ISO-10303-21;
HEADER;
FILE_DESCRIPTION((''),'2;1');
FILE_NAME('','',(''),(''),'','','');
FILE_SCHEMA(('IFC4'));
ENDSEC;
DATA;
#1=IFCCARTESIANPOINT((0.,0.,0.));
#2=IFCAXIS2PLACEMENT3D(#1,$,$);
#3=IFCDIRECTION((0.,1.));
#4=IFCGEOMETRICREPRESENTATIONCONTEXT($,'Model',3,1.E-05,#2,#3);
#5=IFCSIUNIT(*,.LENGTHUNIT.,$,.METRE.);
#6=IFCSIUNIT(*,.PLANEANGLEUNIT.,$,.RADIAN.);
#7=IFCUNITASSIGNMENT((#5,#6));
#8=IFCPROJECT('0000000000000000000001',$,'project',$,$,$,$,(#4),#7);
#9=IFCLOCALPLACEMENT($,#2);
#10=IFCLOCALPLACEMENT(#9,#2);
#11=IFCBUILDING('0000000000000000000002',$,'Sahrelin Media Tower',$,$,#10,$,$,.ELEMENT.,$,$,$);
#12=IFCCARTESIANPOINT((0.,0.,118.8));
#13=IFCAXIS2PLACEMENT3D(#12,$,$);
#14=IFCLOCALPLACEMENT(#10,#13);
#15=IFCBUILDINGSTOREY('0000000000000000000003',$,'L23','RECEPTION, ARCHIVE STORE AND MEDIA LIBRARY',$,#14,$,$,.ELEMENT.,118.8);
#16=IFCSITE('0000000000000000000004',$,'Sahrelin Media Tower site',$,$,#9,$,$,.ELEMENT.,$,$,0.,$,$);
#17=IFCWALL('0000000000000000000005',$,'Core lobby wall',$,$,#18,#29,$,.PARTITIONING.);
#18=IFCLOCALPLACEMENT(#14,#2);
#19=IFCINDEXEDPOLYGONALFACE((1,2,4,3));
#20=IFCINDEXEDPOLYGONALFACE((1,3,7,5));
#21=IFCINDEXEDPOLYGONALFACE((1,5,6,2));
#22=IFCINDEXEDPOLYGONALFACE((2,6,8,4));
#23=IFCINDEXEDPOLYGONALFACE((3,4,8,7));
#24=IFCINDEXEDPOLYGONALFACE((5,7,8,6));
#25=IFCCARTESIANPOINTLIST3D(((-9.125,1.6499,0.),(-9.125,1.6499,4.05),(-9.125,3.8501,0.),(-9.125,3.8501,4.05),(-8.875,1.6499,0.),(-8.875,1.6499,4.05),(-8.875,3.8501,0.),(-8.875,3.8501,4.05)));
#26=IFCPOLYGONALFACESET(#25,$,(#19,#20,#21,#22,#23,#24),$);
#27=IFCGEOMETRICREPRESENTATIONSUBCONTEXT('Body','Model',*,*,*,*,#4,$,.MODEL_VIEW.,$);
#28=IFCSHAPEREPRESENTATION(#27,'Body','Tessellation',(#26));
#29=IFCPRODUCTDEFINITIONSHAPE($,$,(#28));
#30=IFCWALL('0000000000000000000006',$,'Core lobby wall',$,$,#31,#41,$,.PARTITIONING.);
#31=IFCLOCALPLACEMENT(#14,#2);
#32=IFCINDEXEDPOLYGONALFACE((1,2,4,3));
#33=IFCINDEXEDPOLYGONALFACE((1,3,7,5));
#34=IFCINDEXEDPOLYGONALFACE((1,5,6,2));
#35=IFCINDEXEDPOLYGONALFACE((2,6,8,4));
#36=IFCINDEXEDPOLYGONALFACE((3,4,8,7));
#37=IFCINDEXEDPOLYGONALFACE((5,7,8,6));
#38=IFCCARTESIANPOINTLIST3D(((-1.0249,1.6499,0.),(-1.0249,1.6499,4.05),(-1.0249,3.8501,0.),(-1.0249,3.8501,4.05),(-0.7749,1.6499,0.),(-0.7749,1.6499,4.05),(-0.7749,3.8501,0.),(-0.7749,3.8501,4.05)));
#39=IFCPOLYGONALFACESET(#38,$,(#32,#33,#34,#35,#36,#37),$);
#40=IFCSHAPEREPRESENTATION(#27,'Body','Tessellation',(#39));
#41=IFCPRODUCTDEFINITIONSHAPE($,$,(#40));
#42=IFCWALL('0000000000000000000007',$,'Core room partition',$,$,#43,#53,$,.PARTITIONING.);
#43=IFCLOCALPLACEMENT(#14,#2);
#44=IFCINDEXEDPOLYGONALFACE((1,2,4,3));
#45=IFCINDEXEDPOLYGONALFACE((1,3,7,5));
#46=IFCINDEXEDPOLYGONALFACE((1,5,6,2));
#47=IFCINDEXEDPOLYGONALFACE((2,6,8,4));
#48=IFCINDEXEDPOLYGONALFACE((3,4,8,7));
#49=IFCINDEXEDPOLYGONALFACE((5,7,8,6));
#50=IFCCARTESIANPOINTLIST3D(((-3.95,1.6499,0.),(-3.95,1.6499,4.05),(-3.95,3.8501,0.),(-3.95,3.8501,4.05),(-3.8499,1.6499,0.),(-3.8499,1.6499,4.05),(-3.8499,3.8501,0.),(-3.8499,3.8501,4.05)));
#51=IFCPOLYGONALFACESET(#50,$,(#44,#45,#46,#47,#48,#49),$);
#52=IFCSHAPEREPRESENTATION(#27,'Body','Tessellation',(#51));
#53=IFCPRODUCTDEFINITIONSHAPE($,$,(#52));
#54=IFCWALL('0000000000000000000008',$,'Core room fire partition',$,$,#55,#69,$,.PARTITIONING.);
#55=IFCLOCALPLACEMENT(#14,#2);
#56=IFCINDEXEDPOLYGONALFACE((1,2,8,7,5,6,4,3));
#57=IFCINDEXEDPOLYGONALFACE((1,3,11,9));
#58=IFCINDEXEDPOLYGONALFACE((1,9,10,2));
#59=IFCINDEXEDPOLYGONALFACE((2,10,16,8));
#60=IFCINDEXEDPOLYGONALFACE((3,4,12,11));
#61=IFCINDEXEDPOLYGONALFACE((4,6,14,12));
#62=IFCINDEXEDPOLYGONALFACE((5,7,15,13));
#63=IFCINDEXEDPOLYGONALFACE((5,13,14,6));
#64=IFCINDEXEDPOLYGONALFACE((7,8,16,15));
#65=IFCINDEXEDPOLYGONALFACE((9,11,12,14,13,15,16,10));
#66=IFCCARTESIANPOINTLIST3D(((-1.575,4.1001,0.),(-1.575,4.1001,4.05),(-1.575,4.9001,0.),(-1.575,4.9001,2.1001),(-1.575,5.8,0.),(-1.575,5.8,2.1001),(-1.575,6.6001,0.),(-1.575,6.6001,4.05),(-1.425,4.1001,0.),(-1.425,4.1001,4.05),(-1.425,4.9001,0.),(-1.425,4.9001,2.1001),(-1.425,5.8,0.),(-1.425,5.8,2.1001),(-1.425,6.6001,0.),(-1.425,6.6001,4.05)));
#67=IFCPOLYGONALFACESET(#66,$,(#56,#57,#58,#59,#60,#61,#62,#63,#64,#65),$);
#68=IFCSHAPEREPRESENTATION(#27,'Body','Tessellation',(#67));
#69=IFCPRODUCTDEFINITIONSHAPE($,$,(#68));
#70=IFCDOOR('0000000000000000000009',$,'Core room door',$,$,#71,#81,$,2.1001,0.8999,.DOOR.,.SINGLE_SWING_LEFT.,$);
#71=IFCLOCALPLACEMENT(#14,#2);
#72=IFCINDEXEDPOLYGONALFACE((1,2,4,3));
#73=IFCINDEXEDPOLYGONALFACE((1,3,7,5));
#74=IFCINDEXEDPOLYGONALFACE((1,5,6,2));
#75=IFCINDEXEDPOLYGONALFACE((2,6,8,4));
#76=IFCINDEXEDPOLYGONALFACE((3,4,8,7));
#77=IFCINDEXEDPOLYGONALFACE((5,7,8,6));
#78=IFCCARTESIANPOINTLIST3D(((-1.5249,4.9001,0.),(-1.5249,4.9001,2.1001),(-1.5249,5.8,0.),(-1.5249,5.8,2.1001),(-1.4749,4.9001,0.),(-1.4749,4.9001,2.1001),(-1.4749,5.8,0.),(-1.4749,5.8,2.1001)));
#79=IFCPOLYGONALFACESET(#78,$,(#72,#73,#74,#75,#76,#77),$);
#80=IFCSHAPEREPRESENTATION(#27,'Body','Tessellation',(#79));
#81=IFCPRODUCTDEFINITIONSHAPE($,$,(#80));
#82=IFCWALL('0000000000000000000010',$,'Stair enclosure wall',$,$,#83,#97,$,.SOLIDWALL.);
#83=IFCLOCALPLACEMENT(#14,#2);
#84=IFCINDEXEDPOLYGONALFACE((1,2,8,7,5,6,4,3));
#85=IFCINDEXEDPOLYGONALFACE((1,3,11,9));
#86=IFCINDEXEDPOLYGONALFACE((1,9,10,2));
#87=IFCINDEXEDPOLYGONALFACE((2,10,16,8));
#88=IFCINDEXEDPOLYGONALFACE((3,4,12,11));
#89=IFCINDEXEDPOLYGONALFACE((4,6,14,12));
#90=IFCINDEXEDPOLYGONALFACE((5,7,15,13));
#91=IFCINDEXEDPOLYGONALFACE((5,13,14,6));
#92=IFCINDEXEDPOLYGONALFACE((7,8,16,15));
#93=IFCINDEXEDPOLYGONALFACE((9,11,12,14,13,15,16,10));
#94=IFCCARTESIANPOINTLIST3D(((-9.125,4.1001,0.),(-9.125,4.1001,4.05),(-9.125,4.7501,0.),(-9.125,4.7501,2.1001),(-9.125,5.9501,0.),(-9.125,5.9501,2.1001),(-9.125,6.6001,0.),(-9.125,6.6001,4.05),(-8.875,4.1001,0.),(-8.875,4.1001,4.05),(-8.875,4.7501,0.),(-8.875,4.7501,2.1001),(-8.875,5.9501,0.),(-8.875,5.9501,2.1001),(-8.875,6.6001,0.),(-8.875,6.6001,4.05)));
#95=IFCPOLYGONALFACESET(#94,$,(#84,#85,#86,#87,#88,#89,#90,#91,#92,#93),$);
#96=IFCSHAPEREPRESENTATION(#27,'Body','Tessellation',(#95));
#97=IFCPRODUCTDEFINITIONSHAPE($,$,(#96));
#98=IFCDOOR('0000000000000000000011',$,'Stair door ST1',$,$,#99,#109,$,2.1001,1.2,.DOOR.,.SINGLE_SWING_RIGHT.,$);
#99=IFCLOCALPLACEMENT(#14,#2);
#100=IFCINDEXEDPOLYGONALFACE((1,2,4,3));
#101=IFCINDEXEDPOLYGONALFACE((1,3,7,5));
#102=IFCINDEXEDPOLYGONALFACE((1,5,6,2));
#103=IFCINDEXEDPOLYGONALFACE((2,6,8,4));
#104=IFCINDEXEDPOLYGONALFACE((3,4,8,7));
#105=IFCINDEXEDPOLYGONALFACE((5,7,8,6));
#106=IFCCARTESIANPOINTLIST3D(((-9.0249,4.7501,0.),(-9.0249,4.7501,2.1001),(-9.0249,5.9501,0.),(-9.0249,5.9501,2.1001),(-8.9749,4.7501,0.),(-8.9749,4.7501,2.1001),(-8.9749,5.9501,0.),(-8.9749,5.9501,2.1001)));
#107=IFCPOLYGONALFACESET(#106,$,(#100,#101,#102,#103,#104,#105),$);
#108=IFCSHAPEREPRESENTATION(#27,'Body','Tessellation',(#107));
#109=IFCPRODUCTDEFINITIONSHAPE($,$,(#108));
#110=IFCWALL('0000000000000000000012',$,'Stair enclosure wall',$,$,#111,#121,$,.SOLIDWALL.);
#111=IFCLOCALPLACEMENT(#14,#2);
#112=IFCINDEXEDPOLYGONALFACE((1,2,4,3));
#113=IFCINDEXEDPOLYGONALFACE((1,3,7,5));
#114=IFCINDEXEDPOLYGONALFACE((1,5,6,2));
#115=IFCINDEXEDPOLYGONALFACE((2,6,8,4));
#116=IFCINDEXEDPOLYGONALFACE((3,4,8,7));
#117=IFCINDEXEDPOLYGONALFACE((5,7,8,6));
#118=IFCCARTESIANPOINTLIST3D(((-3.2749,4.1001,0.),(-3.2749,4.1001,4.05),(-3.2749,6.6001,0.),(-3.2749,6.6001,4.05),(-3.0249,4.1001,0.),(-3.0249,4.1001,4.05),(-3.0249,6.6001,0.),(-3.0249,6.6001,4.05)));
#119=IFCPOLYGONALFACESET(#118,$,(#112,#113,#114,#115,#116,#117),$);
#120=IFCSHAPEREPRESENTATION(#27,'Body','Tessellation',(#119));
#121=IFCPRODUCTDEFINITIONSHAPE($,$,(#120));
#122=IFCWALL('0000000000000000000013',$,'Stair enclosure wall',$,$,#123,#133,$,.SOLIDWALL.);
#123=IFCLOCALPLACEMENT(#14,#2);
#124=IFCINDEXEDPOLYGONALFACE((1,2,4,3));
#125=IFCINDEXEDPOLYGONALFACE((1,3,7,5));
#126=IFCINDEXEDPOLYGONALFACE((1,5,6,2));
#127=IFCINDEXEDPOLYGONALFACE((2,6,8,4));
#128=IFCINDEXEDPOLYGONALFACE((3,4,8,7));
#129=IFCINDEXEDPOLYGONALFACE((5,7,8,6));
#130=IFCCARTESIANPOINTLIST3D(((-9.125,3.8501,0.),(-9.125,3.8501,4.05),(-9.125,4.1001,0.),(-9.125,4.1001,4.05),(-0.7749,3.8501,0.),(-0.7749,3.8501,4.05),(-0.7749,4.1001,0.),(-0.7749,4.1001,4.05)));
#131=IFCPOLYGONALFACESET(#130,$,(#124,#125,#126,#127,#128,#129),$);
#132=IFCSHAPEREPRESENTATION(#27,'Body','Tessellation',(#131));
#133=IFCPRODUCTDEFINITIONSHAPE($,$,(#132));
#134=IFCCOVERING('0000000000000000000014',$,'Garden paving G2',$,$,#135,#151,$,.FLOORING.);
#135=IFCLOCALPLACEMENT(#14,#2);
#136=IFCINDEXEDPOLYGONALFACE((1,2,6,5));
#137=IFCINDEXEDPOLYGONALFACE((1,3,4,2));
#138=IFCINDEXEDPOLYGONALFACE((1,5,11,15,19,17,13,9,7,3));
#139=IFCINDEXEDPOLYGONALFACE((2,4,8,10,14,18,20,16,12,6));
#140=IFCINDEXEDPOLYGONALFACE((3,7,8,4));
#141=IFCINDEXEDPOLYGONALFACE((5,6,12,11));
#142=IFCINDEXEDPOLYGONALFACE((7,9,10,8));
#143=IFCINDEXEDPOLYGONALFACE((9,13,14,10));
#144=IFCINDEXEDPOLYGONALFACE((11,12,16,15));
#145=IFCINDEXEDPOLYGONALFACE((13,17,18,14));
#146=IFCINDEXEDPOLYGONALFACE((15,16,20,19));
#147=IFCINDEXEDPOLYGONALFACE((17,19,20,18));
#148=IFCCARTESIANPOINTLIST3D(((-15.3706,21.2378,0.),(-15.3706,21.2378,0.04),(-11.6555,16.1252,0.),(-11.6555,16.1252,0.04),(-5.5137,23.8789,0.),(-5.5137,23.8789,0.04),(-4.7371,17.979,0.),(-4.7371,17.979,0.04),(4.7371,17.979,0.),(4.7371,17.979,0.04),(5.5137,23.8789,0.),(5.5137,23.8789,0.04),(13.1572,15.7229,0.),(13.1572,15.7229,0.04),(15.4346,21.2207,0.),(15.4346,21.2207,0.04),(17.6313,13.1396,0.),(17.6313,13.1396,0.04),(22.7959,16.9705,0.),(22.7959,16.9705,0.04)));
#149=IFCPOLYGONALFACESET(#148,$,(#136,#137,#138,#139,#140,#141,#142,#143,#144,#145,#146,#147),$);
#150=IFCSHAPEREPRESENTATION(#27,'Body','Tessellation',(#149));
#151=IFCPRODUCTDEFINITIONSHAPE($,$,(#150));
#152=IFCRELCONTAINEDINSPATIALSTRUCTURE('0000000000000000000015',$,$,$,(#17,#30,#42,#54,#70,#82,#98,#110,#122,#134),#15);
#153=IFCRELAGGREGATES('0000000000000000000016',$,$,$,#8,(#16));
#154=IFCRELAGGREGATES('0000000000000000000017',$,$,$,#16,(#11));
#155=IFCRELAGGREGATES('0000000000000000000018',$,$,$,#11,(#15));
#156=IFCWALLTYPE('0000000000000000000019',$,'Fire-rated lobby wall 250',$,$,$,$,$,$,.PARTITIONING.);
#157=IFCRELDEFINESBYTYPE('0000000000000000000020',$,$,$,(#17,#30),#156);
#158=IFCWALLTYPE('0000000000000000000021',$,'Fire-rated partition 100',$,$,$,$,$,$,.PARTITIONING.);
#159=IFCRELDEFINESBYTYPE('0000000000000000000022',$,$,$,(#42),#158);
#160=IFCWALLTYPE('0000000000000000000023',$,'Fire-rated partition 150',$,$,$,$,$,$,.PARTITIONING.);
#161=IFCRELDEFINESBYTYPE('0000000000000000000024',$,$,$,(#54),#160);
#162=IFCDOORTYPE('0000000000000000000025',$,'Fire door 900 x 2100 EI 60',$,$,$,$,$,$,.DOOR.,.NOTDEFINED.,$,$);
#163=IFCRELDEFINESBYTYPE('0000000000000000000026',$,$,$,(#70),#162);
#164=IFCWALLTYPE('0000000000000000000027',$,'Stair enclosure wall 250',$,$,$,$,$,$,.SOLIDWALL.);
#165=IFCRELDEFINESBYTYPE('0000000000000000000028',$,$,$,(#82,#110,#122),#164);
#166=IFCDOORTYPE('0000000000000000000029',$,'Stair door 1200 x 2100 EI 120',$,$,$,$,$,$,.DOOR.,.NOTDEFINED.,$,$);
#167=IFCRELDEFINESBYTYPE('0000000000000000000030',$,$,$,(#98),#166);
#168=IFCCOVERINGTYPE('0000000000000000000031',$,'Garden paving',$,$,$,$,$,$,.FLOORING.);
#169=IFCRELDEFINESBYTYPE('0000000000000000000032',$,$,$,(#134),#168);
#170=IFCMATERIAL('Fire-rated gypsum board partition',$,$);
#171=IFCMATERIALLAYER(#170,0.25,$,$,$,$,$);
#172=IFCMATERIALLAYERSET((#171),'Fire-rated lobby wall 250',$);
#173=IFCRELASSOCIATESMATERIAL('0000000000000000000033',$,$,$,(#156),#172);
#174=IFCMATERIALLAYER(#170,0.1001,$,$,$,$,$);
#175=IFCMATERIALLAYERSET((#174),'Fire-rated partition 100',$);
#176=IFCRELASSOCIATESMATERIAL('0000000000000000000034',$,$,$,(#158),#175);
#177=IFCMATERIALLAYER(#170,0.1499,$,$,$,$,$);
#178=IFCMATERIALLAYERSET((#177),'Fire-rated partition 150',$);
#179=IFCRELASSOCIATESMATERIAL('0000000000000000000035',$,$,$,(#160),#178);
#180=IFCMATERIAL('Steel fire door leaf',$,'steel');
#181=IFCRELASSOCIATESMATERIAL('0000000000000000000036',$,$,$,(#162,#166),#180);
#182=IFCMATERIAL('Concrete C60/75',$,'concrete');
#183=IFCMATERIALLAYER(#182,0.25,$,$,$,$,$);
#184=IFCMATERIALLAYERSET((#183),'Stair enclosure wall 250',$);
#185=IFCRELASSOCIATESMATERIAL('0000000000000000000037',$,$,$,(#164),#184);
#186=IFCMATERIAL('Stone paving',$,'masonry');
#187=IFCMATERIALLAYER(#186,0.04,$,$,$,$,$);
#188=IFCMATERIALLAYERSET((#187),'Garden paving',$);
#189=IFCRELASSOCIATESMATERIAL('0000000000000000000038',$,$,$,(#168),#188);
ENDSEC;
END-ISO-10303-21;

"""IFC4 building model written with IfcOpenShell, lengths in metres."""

from ifc_helpers import new_model, si_unit, direction, frame, frame_2d, origin, place, context, subcontext, project, spatial, polyline, rectangle, outline, extrude, material, layer, layer_set, type_object, element, fill, save


model = new_model("IFC4")

# Units and contexts
model_context = context("Model", 3, precision=1e-05, world=origin(), true_north=direction((0.0, 1.0)))
body_context = subcontext(model_context, "Body", "Model", "MODEL_VIEW")
ifc_project = project(units=[si_unit("LENGTHUNIT", "METRE"), si_unit("PLANEANGLEUNIT", "RADIAN")], contexts=[model_context])

# Site, building, storey
site_placement = place(None, origin())
site = spatial("IfcSite", under=ifc_project, at=site_placement, Name="Sahrelin Media Tower site", CompositionType="ELEMENT", RefElevation=0.0)
building_placement = place(site_placement, origin())
building = spatial("IfcBuilding", under=site, at=building_placement, Name="Sahrelin Media Tower", CompositionType="ELEMENT")
storey_placement = place(building_placement, frame((0.0, 0.0, 118.8)))
storey = spatial("IfcBuildingStorey", under=building, at=storey_placement, Name="L23", Description="RECEPTION, ARCHIVE STORE AND MEDIA LIBRARY", CompositionType="ELEMENT", Elevation=118.8)

# Shared definitions
ifc_material_1 = material(Name="Concrete C60/75", Category="concrete")
placement = place(storey_placement, origin())

# Shared definitions
ifc_material_2 = material(Name="Fire-rated gypsum board partition")
ifc_layer_1 = layer(ifc_material_2, 0.25)
ifc_layer_set_1 = layer_set([ifc_layer_1], Name="Fire-rated lobby wall 250")
wall_type_1 = type_object("IfcWallType", Name="Fire-rated lobby wall 250", PredefinedType="PARTITIONING", material=ifc_layer_set_1)
ifc_material_3 = material(Name="Steel fire door leaf", Category="steel")

# Walls
for number, where, z_axis, x_axis, name in (
    (1, (-9.0, 1.6499, 0.0), (0.0, 0.0, 1.0), (0.0, 1.0, 0.0), "Core lobby wall"),
    (2, (-0.8999, 1.6499, 0.0), (0.0, 0.0, 1.0), (0.0, 1.0, 0.0), "Core lobby wall"),
):
    element("IfcWall", number, at=place(storey_placement, frame(where, z_axis=z_axis, x_axis=x_axis)), inside=storey, type_object=wall_type_1, Name=name, PredefinedType="PARTITIONING", context=body_context, shape_type="SweptSolid", body=[
        extrude(rectangle(XDim=2.2002, YDim=0.25, at=frame_2d((1.1001, 0.0))), origin(), (0.0, 0.0, 1.0), 4.05),
    ])
ifc_layer_2 = layer(ifc_material_2, 0.1001)
ifc_layer_set_2 = layer_set([ifc_layer_2], Name="Fire-rated partition 100")
wall_type_2 = type_object("IfcWallType", Name="Fire-rated partition 100", PredefinedType="PARTITIONING", material=ifc_layer_set_2)
wall_1_placement = place(storey_placement, frame((-3.8999, 1.6499, 0.0), z_axis=(0.0, 0.0, 1.0), x_axis=(0.0, 1.0, 0.0)))
element("IfcWall", 3, at=wall_1_placement, inside=storey, type_object=wall_type_2, Name="Core room partition", PredefinedType="PARTITIONING", context=body_context, shape_type="SweptSolid", body=[
    extrude(rectangle(XDim=2.2002, YDim=0.1001, at=frame_2d((1.1001, 0.0))), origin(), (0.0, 0.0, 1.0), 4.05),
])

# Walls, openings, doors
ifc_layer_3 = layer(ifc_material_2, 0.1499)
ifc_layer_set_3 = layer_set([ifc_layer_3], Name="Fire-rated partition 150")
wall_type_3 = type_object("IfcWallType", Name="Fire-rated partition 150", PredefinedType="PARTITIONING", material=ifc_layer_set_3)
wall_2_placement = place(storey_placement, frame((-1.5, 4.1001, 0.0), z_axis=(0.0, 0.0, 1.0), x_axis=(0.0, 1.0, 0.0)))
wall_2 = element("IfcWall", 4, at=wall_2_placement, inside=storey, type_object=wall_type_3, Name="Core room fire partition", PredefinedType="PARTITIONING", context=body_context, shape_type="SweptSolid", body=[
    extrude(rectangle(XDim=2.5, YDim=0.1499, at=frame_2d((1.25, 0.0))), origin(), (0.0, 0.0, 1.0), 4.05),
])
opening_1_placement = place(wall_2_placement, frame((0.8, 0.0, 0.0)))
opening_1 = element("IfcOpeningElement", 5, at=opening_1_placement, cuts=wall_2, PredefinedType="OPENING", context=body_context, shape_type="SweptSolid", body=[
    extrude(rectangle(XDim=0.8999, YDim=2.1001, at=frame_2d((0.45, 1.05))), frame((0.0, 0.075, 0.0), z_axis=(0.0, -1.0, 0.0), x_axis=(1.0, 0.0, 0.0)), (0.0, 0.0, 1.0), 0.1499),
])
door_type_1 = type_object("IfcDoorType", Name="Fire door 900 x 2100 EI 60", OperationType="NOTDEFINED", PredefinedType="DOOR", material=ifc_material_3)
door_1_placement = place(opening_1_placement, origin())
door_1 = element("IfcDoor", 6, at=door_1_placement, inside=storey, type_object=door_type_1, Name="Core room door", OperationType="SINGLE_SWING_LEFT", OverallHeight=2.1001, OverallWidth=0.8999, PredefinedType="DOOR", context=body_context, shape_type="SweptSolid", body=[
    extrude(rectangle(XDim=0.8999, YDim=2.1001, at=frame_2d((0.45, 1.05))), frame((0.0, 0.0249, 0.0), z_axis=(0.0, -1.0, 0.0), x_axis=(1.0, 0.0, 0.0)), (0.0, 0.0, 1.0), 0.05),
])
fill(opening_1, door_1)
ifc_layer_4 = layer(ifc_material_1, 0.25)
ifc_layer_set_4 = layer_set([ifc_layer_4], Name="Stair enclosure wall 250")
wall_type_4 = type_object("IfcWallType", Name="Stair enclosure wall 250", PredefinedType="SOLIDWALL", material=ifc_layer_set_4)
wall_3_placement = place(storey_placement, frame((-9.0, 4.1001, 0.0), z_axis=(0.0, 0.0, 1.0), x_axis=(0.0, 1.0, 0.0)))
wall_3 = element("IfcWall", 7, at=wall_3_placement, inside=storey, type_object=wall_type_4, Name="Stair enclosure wall", PredefinedType="SOLIDWALL", context=body_context, shape_type="SweptSolid", body=[
    extrude(rectangle(XDim=2.5, YDim=0.25, at=frame_2d((1.25, 0.0))), origin(), (0.0, 0.0, 1.0), 4.05),
])
opening_2_placement = place(wall_3_placement, frame((0.6499, 0.0, 0.0)))
opening_2 = element("IfcOpeningElement", 8, at=opening_2_placement, cuts=wall_3, PredefinedType="OPENING", context=body_context, shape_type="SweptSolid", body=[
    extrude(rectangle(XDim=1.2, YDim=2.1001, at=frame_2d((0.6001, 1.05))), frame((0.0, 0.125, 0.0), z_axis=(0.0, -1.0, 0.0), x_axis=(1.0, 0.0, 0.0)), (0.0, 0.0, 1.0), 0.25),
])
door_type_2 = type_object("IfcDoorType", Name="Stair door 1200 x 2100 EI 120", OperationType="NOTDEFINED", PredefinedType="DOOR", material=ifc_material_3)
door_2_placement = place(opening_2_placement, origin())
door_2 = element("IfcDoor", 9, at=door_2_placement, inside=storey, type_object=door_type_2, Name="Stair door ST1", OperationType="SINGLE_SWING_RIGHT", OverallHeight=2.1001, OverallWidth=1.2, PredefinedType="DOOR", context=body_context, shape_type="SweptSolid", body=[
    extrude(rectangle(XDim=1.2, YDim=2.1001, at=frame_2d((0.6001, 1.05))), frame((0.0, 0.0249, 0.0), z_axis=(0.0, -1.0, 0.0), x_axis=(1.0, 0.0, 0.0)), (0.0, 0.0, 1.0), 0.05),
])
fill(opening_2, door_2)

# Walls
wall_4_placement = place(storey_placement, frame((-3.1499, 4.1001, 0.0), z_axis=(0.0, 0.0, 1.0), x_axis=(0.0, 1.0, 0.0)))
element("IfcWall", 10, at=wall_4_placement, inside=storey, type_object=wall_type_4, Name="Stair enclosure wall", PredefinedType="SOLIDWALL", context=body_context, shape_type="SweptSolid", body=[
    extrude(rectangle(XDim=2.5, YDim=0.25, at=frame_2d((1.25, 0.0))), origin(), (0.0, 0.0, 1.0), 4.05),
])
wall_5_placement = place(storey_placement, frame((-9.125, 3.9751, 0.0), z_axis=(0.0, 0.0, 1.0), x_axis=(1.0, 0.0, 0.0)))
element("IfcWall", 11, at=wall_5_placement, inside=storey, type_object=wall_type_4, Name="Stair enclosure wall", PredefinedType="SOLIDWALL", context=body_context, shape_type="SweptSolid", body=[
    extrude(rectangle(XDim=8.3501, YDim=0.25, at=frame_2d((4.175, 0.0))), origin(), (0.0, 0.0, 1.0), 4.05),
])

# Covering
ifc_material_4 = material(Name="Stone paving", Category="masonry")
ifc_layer_5 = layer(ifc_material_4, 0.04)
ifc_layer_set_5 = layer_set([ifc_layer_5], Name="Garden paving")
covering_type = type_object("IfcCoveringType", Name="Garden paving", PredefinedType="FLOORING", material=ifc_layer_set_5)
element("IfcCovering", 12, at=placement, inside=storey, type_object=covering_type, Name="Garden paving G2", PredefinedType="FLOORING", context=body_context, shape_type="SweptSolid", body=[
    extrude(outline(polyline([(5.5137, 23.8789), (15.4346, 21.2207), (22.7959, 16.9705), (17.6313, 13.1396), (13.1572, 15.7229), (4.7371, 17.979), (-4.7371, 17.979), (-11.6555, 16.1252), (-15.3706, 21.2378), (-5.5137, 23.8789), (5.5137, 23.8789)])), origin(), (0.0, 0.0, 1.0), 0.04),
])

save(model, "model.ifc")
